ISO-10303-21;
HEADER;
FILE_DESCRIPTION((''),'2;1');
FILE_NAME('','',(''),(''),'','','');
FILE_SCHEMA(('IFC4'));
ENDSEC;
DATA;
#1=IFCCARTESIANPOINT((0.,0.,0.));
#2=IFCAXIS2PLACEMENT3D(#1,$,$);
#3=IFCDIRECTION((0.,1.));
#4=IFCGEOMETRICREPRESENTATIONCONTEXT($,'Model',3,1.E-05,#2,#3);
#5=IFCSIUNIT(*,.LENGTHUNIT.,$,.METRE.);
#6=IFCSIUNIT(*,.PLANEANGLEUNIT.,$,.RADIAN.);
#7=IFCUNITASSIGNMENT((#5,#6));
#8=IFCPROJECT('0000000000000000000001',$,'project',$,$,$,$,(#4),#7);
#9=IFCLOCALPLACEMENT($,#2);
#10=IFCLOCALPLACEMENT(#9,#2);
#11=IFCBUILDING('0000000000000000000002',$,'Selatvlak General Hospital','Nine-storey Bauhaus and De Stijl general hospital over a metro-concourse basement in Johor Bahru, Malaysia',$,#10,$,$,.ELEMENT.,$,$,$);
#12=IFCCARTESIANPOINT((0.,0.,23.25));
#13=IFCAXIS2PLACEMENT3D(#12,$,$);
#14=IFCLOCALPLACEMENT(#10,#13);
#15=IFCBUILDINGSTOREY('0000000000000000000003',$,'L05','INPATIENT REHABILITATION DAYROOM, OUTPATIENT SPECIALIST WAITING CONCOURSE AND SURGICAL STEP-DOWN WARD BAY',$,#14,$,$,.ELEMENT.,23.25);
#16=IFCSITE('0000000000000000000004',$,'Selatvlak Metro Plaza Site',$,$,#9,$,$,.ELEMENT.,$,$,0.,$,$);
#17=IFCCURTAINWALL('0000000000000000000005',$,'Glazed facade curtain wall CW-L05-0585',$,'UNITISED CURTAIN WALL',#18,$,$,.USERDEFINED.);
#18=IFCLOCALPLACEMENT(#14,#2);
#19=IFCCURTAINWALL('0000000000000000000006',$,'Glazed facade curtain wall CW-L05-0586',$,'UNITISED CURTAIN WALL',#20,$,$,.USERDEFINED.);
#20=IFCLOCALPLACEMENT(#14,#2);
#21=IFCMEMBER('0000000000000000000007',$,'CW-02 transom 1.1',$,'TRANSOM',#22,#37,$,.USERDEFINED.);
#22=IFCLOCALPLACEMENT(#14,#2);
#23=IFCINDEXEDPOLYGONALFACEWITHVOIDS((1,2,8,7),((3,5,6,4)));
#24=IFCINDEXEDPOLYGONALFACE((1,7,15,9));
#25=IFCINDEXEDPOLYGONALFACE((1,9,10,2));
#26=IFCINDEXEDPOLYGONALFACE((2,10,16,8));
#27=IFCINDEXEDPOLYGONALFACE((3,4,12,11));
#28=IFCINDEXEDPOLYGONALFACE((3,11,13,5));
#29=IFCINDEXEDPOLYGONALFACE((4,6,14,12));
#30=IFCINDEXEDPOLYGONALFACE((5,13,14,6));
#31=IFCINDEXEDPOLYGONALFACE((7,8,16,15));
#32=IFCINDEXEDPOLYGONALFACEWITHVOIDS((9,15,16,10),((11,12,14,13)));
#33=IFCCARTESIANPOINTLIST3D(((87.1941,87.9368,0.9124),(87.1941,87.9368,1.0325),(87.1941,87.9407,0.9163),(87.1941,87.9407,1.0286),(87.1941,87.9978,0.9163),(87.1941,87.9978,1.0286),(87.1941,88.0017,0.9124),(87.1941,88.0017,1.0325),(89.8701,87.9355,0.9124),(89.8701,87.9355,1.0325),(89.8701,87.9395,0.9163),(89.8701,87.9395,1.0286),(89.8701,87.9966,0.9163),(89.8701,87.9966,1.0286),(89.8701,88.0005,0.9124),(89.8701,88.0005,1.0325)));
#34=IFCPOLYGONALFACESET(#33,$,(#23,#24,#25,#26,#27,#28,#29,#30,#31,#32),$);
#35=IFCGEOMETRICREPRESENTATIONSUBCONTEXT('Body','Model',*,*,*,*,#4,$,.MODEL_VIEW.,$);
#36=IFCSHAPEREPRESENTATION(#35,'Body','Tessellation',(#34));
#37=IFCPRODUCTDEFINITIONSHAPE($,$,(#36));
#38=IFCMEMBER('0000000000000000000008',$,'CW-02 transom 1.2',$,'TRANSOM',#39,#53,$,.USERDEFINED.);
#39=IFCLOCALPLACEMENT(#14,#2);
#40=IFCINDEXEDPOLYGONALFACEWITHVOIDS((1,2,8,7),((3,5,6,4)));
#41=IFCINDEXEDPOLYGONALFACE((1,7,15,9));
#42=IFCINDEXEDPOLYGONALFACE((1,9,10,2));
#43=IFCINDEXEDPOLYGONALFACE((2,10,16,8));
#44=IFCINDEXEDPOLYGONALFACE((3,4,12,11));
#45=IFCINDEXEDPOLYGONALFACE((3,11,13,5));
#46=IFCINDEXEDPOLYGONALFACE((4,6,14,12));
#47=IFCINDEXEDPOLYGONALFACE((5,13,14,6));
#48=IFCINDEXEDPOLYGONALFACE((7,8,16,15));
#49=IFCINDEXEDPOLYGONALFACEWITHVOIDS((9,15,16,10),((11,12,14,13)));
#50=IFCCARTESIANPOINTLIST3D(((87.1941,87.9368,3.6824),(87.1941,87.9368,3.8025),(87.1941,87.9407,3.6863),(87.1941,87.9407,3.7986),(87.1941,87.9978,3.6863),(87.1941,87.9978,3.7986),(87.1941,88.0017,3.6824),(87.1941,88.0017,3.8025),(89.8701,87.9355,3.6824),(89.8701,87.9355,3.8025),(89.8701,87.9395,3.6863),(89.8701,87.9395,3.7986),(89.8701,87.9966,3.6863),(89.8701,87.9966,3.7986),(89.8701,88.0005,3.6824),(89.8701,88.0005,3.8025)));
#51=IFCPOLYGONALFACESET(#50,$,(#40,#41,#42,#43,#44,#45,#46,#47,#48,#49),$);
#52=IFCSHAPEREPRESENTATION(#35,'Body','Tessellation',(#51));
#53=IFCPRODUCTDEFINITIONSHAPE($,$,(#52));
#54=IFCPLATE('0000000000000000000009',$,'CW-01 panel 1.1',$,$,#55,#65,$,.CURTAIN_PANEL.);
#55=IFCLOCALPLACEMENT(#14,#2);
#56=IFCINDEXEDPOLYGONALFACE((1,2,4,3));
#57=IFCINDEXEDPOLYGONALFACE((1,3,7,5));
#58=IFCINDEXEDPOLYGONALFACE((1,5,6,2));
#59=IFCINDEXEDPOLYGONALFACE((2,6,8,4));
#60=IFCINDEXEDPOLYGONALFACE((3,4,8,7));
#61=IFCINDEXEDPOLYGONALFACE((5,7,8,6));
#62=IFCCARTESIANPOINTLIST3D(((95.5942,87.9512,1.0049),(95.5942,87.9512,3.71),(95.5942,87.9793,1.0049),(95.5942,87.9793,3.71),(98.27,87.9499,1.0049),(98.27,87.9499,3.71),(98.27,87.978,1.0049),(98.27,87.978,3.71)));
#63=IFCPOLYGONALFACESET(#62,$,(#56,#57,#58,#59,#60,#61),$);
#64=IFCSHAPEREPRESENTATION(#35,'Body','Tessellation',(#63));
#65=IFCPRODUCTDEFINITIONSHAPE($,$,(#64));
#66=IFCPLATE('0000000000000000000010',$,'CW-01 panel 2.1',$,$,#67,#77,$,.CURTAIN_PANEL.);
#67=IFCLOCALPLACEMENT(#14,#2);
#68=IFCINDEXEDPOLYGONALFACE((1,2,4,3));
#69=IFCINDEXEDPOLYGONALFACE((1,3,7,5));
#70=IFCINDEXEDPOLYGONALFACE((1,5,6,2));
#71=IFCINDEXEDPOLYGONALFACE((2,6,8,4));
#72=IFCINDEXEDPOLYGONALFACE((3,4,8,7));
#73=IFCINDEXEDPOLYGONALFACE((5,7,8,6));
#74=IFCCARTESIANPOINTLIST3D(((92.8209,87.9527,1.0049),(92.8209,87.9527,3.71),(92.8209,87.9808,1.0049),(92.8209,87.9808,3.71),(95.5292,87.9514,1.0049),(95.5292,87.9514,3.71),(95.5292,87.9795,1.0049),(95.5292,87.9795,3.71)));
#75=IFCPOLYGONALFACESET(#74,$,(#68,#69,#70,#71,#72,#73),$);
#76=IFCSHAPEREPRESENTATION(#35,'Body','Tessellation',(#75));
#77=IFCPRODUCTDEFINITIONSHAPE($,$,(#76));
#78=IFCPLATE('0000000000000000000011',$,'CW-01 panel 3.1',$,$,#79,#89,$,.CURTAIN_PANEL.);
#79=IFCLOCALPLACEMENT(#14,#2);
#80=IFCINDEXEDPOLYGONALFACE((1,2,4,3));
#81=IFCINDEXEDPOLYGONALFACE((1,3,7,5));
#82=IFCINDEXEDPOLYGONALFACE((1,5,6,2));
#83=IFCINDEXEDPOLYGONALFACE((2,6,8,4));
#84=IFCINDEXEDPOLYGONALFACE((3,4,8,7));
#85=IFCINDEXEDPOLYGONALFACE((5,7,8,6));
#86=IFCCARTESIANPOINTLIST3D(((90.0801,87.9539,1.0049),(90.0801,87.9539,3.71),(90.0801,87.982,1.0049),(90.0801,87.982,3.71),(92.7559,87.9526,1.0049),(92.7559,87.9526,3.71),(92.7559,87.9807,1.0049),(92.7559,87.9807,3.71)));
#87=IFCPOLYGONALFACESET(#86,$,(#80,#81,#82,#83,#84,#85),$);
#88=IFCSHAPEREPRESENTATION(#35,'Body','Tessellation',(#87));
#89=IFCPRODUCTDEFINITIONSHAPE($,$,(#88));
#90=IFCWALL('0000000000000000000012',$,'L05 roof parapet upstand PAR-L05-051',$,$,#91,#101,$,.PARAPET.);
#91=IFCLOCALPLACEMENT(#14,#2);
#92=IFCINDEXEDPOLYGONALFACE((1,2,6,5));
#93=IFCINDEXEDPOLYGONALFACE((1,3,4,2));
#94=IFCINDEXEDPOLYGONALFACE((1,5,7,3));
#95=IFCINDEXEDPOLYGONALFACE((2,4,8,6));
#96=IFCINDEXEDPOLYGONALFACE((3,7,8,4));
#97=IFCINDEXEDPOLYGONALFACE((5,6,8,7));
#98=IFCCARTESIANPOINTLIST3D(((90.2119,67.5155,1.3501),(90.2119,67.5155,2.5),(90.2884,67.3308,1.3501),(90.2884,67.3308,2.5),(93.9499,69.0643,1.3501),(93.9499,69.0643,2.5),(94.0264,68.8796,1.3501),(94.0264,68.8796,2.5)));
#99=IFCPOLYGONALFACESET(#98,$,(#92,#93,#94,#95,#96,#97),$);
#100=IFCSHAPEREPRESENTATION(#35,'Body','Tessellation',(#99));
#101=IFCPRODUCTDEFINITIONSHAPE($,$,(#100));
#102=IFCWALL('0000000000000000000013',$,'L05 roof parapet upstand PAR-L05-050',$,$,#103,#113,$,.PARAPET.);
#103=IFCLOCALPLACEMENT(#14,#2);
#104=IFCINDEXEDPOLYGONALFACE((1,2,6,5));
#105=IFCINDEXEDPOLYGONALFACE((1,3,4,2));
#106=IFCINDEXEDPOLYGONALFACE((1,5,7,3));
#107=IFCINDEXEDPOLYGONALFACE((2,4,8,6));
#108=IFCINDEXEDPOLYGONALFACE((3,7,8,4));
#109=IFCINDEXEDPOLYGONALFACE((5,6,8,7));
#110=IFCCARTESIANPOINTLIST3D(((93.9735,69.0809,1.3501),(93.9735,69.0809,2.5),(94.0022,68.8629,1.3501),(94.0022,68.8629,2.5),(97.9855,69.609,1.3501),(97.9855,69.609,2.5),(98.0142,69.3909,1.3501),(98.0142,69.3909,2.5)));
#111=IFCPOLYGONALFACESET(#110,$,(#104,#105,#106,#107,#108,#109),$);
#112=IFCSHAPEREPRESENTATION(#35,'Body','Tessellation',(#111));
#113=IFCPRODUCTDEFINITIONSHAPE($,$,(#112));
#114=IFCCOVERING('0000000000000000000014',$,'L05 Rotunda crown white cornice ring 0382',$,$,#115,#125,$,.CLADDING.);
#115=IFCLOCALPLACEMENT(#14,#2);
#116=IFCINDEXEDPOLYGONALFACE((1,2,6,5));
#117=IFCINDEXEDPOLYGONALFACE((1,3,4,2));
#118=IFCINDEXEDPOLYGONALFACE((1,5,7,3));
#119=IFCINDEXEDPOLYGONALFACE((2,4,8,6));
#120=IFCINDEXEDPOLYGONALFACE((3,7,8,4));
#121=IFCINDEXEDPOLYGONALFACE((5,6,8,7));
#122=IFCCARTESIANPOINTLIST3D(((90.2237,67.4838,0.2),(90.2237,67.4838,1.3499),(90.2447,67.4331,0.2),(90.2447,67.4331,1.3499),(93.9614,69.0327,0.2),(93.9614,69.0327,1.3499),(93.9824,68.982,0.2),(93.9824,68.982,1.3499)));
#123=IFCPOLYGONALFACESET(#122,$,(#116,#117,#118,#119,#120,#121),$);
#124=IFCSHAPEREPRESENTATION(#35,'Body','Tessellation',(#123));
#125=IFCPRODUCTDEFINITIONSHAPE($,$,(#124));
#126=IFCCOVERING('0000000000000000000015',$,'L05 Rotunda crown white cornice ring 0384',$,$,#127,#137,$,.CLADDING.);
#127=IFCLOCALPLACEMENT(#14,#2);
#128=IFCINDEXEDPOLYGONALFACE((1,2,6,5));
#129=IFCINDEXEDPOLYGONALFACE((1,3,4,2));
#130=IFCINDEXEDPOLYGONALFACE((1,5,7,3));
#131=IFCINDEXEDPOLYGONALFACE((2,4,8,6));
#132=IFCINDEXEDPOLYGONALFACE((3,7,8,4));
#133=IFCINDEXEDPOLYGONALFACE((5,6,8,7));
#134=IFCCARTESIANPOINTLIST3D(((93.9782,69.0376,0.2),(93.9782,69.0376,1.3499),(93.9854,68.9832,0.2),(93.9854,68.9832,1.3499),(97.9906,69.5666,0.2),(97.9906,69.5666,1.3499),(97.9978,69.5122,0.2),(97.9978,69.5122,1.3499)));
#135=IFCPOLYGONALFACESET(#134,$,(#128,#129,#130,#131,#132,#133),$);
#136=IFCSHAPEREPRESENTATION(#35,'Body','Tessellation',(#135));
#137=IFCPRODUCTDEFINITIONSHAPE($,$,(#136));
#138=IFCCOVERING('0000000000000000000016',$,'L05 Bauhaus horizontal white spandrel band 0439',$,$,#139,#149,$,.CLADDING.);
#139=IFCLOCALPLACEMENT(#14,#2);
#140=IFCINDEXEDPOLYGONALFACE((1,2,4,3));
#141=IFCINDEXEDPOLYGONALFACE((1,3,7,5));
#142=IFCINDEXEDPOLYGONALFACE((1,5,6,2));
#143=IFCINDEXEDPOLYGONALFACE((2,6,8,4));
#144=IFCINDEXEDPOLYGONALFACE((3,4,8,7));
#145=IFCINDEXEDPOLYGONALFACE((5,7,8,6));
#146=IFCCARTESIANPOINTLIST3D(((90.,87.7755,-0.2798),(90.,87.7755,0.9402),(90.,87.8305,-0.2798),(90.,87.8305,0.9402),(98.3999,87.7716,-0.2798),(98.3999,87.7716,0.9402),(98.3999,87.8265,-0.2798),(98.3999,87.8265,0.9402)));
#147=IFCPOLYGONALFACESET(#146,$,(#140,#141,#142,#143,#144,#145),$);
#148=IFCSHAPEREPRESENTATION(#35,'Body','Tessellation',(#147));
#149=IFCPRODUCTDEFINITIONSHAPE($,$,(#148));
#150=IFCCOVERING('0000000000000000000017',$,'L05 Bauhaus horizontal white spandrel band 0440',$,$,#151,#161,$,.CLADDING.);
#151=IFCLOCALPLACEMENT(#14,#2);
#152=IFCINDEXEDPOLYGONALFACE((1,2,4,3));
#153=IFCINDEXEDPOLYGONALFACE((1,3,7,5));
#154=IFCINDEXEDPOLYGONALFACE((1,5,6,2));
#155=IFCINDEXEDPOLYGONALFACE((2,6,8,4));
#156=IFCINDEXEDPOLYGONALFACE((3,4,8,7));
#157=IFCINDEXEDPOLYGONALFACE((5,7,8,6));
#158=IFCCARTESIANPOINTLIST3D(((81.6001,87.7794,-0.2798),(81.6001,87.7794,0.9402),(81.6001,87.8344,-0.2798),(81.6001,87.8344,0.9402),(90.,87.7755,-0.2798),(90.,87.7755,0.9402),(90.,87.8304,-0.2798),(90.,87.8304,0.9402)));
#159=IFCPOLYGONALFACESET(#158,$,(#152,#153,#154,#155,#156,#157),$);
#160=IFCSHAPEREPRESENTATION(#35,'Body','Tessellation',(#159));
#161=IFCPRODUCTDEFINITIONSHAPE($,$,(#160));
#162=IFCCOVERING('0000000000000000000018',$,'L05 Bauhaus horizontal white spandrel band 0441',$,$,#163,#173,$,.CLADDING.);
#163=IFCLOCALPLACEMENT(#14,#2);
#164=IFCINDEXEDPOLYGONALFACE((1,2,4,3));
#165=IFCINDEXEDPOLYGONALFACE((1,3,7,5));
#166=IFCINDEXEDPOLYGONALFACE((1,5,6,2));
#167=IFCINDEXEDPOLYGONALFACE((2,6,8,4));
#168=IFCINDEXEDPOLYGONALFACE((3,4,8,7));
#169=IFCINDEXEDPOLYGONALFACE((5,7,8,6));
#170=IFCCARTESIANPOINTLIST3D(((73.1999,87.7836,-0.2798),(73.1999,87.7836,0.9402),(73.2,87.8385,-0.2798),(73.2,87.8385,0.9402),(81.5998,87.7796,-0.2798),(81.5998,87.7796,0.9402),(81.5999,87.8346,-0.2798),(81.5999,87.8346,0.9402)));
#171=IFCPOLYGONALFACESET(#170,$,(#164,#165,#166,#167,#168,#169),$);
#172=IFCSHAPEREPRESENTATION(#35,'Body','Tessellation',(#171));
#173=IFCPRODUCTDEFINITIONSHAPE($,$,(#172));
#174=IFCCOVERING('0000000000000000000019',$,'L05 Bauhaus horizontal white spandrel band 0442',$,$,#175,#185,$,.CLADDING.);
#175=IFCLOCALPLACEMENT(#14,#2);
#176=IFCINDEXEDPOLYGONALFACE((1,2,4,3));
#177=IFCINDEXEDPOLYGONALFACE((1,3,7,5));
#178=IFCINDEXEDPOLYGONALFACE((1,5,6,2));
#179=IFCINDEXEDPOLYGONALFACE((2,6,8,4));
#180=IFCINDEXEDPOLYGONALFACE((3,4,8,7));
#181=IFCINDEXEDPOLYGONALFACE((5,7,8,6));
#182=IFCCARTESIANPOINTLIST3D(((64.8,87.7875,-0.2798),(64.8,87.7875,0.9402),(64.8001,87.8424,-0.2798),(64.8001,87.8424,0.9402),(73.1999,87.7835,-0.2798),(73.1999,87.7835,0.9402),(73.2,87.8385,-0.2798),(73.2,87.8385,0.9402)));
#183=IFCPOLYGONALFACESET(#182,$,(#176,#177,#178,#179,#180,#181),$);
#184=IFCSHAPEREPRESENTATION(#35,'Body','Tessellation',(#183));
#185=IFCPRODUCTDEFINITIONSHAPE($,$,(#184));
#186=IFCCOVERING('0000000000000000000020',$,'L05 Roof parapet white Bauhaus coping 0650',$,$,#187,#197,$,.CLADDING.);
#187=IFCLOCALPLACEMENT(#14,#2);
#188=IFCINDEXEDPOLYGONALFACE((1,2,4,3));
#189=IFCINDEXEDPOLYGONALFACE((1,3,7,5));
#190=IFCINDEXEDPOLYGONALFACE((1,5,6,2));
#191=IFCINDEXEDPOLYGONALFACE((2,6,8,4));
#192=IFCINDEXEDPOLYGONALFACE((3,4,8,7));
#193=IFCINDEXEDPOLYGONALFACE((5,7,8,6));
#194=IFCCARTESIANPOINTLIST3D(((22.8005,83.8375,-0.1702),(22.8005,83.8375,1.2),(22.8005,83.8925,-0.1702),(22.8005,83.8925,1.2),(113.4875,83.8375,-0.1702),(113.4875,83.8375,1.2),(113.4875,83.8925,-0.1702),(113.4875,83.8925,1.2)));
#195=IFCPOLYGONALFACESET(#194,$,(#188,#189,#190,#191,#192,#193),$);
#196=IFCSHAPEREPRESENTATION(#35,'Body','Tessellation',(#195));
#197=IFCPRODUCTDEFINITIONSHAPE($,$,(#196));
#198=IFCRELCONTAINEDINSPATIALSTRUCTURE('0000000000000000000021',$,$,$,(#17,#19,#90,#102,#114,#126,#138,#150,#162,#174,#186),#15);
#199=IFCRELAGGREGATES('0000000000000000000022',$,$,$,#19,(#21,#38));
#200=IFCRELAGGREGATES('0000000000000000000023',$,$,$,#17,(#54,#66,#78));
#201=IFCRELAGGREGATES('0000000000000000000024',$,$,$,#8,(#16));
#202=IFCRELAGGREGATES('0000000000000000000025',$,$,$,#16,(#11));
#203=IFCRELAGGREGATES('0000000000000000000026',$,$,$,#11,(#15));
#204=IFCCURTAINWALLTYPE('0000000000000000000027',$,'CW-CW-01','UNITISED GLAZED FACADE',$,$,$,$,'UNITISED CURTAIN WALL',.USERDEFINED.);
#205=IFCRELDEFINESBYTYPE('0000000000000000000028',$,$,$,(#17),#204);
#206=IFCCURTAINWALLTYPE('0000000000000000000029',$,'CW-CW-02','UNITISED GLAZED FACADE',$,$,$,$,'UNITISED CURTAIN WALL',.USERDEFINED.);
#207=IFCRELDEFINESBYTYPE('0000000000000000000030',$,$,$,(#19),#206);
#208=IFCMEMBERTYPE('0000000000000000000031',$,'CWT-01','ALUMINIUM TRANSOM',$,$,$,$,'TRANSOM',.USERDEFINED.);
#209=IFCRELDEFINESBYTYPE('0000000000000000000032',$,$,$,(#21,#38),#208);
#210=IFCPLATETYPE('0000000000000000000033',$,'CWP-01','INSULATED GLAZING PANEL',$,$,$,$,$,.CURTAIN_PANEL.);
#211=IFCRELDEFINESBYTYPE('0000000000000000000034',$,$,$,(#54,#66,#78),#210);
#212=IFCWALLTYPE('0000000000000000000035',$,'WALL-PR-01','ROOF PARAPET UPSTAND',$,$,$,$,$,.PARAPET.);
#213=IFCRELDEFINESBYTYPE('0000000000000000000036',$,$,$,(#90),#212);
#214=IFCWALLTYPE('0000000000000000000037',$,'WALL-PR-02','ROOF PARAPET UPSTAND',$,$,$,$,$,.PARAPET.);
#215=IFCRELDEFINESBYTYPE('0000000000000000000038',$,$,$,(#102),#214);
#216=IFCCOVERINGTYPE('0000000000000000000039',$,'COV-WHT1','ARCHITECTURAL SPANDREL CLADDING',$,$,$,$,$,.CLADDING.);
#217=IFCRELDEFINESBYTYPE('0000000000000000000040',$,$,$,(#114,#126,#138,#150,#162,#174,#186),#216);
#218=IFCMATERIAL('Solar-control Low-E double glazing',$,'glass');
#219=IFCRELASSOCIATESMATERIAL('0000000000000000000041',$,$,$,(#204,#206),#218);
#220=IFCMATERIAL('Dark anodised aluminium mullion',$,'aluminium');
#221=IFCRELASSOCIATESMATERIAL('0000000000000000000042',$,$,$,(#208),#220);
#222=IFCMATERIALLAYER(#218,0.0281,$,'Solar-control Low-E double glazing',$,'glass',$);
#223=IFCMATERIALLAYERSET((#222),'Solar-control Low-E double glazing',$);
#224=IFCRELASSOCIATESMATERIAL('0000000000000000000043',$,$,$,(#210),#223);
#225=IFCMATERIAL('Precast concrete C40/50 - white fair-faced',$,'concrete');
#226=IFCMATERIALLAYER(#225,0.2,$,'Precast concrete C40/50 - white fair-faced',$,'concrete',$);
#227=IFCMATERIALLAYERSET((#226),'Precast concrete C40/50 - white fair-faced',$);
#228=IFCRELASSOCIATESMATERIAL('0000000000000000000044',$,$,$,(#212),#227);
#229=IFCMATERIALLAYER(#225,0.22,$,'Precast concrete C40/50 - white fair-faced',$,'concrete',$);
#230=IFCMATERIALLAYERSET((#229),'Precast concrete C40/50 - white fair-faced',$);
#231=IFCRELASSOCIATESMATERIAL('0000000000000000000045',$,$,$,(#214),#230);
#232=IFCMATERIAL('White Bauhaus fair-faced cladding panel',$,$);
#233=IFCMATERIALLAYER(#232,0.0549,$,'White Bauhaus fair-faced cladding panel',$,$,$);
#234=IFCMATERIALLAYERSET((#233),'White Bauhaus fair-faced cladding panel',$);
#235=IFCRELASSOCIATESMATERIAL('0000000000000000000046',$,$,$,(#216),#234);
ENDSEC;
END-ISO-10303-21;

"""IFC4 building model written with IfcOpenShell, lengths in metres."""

from ifc_helpers import new_model, si_unit, direction, frame, frame_2d, origin, origin_2d, place, context, subcontext, project, spatial, rectangle, hollow_rectangle, extrude, material, layer, layer_set, material_profile, profile_set, type_object, element, aggregate, save


model = new_model("IFC4")

# Units and contexts
model_context = context("Model", 3, precision=1e-05, world=origin(), true_north=direction((0.0, 1.0)))
body_context = subcontext(model_context, "Body", "Model", "MODEL_VIEW")
ifc_project = project(units=[si_unit("LENGTHUNIT", "METRE"), si_unit("PLANEANGLEUNIT", "RADIAN")], contexts=[model_context])

# Site, building, storey
site_placement = place(None, origin())
site = spatial("IfcSite", under=ifc_project, at=site_placement, Name="Selatvlak Metro Plaza Site", CompositionType="ELEMENT", RefElevation=0.0)
building_placement = place(site_placement, origin())
building = spatial("IfcBuilding", under=site, at=building_placement, Name="Selatvlak General Hospital", Description="Nine-storey Bauhaus and De Stijl general hospital over a metro-concourse basement in Johor Bahru, Malaysia", CompositionType="ELEMENT")
storey_placement = place(building_placement, frame((0.0, 0.0, 23.25)))
storey = spatial("IfcBuildingStorey", under=building, at=storey_placement, Name="L05", Description="INPATIENT REHABILITATION DAYROOM, OUTPATIENT SPECIALIST WAITING CONCOURSE AND SURGICAL STEP-DOWN WARD BAY", CompositionType="ELEMENT", Elevation=23.25)

# Curtain wall
ifc_material_1 = material(Name="Solar-control Low-E double glazing", Category="glass")
curtain_wall_type_1 = type_object("IfcCurtainWallType", Name="CW-CW-01", Description="UNITISED GLAZED FACADE", ElementType="UNITISED CURTAIN WALL", PredefinedType="USERDEFINED", material=ifc_material_1)
curtain_wall_1_placement = place(storey_placement, origin())
curtain_wall_1 = element("IfcCurtainWall", 1, at=curtain_wall_1_placement, inside=storey, type_object=curtain_wall_type_1, Name="Glazed facade curtain wall CW-L05-0585", ObjectType="UNITISED CURTAIN WALL", PredefinedType="USERDEFINED")
ifc_material_2 = material(Name="Dark anodised aluminium mullion", Category="aluminium")

# Curtain wall
curtain_wall_type_2 = type_object("IfcCurtainWallType", Name="CW-CW-02", Description="UNITISED GLAZED FACADE", ElementType="UNITISED CURTAIN WALL", PredefinedType="USERDEFINED", material=ifc_material_1)
curtain_wall_2_placement = place(storey_placement, origin())
curtain_wall_2 = element("IfcCurtainWall", 2, at=curtain_wall_2_placement, inside=storey, type_object=curtain_wall_type_2, Name="Glazed facade curtain wall CW-L05-0586", ObjectType="UNITISED CURTAIN WALL", PredefinedType="USERDEFINED")

# Members
ifc_material_profile_1 = material_profile(ifc_material_2, hollow_rectangle(XDim=0.0649, YDim=0.1201, WallThickness=0.0039, at=origin_2d()), Name="AL-TRN 65x120x4")
ifc_profile_set_1 = profile_set([ifc_material_profile_1], Name="Dark anodised aluminium mullion")
member_type_1 = type_object("IfcMemberType", Name="CWT-01", Description="ALUMINIUM TRANSOM", ElementType="TRANSOM", PredefinedType="USERDEFINED", material=ifc_profile_set_1)
member_1_placement = place(storey_placement, frame((89.8701, 87.968, 0.9724), z_axis=(-1.0, 0.000456, 0.0), x_axis=(-0.000456, -1.0, 0.0)))
member_1 = element("IfcMember", 3, at=member_1_placement, type_object=member_type_1, Name="CW-02 transom 1.1", ObjectType="TRANSOM", PredefinedType="USERDEFINED", context=body_context, shape_type="SweptSolid", body=[
    extrude(hollow_rectangle(XDim=0.0649, YDim=0.1201, WallThickness=0.0039, at=origin_2d()), origin(), (0.0, 0.0, 1.0), 2.676),
])
member_2_placement = place(storey_placement, frame((89.8701, 87.968, 3.7424), z_axis=(-1.0, 0.000456, 0.0), x_axis=(-0.000456, -1.0, 0.0)))
member_2 = element("IfcMember", 4, at=member_2_placement, type_object=member_type_1, Name="CW-02 transom 1.2", ObjectType="TRANSOM", PredefinedType="USERDEFINED", context=body_context, shape_type="SweptSolid", body=[
    extrude(hollow_rectangle(XDim=0.0649, YDim=0.1201, WallThickness=0.0039, at=origin_2d()), origin(), (0.0, 0.0, 1.0), 2.676),
])
aggregate(curtain_wall_2, [member_1, member_2])

# Plates
ifc_layer_1 = layer(ifc_material_1, 0.0281, Name="Solar-control Low-E double glazing", Category="glass")
ifc_layer_set_1 = layer_set([ifc_layer_1], Name="Solar-control Low-E double glazing")
plate_type = type_object("IfcPlateType", Name="CWP-01", Description="INSULATED GLAZING PANEL", PredefinedType="CURTAIN_PANEL", material=ifc_layer_set_1)
plate_1_placement = place(storey_placement, frame((96.9321, 87.9646, 1.0049), z_axis=(0.0, 0.0, 1.0), x_axis=(-1.0, 0.000481, 0.0)))
plate_1 = element("IfcPlate", 5, at=plate_1_placement, type_object=plate_type, Name="CW-01 panel 1.1", PredefinedType="CURTAIN_PANEL", context=body_context, shape_type="SweptSolid", body=[
    extrude(rectangle(XDim=2.6758, YDim=0.0281, at=origin_2d()), origin(), (0.0, 0.0, 1.0), 2.7051),
])
plate_2_placement = place(storey_placement, frame((94.175, 87.9661, 1.0049), z_axis=(0.0, 0.0, 1.0), x_axis=(-1.0, 0.000481, 0.0)))
plate_2 = element("IfcPlate", 6, at=plate_2_placement, type_object=plate_type, Name="CW-01 panel 2.1", PredefinedType="CURTAIN_PANEL", context=body_context, shape_type="SweptSolid", body=[
    extrude(rectangle(XDim=2.7083, YDim=0.0281, at=origin_2d()), origin(), (0.0, 0.0, 1.0), 2.7051),
])
plate_3_placement = place(storey_placement, frame((91.418, 87.9673, 1.0049), z_axis=(0.0, 0.0, 1.0), x_axis=(-1.0, 0.000481, 0.0)))
plate_3 = element("IfcPlate", 7, at=plate_3_placement, type_object=plate_type, Name="CW-01 panel 3.1", PredefinedType="CURTAIN_PANEL", context=body_context, shape_type="SweptSolid", body=[
    extrude(rectangle(XDim=2.6758, YDim=0.0281, at=origin_2d()), origin(), (0.0, 0.0, 1.0), 2.7051),
])
aggregate(curtain_wall_1, [plate_1, plate_2, plate_3])

# Walls
ifc_material_3 = material(Name="Precast concrete C40/50 - white fair-faced", Category="concrete")
ifc_layer_2 = layer(ifc_material_3, 0.2, Name="Precast concrete C40/50 - white fair-faced", Category="concrete")
ifc_layer_set_2 = layer_set([ifc_layer_2], Name="Precast concrete C40/50 - white fair-faced")
wall_type_1 = type_object("IfcWallType", Name="WALL-PR-01", Description="ROOF PARAPET UPSTAND", PredefinedType="PARAPET", material=ifc_layer_set_2)
wall_1_placement = place(storey_placement, frame((93.988, 68.9719, 1.3501), z_axis=(0.0, 0.0, 1.0), x_axis=(-0.923837, -0.382785, 0.0)))
element("IfcWall", 8, at=wall_1_placement, inside=storey, type_object=wall_type_1, Name="L05 roof parapet upstand PAR-L05-051", PredefinedType="PARAPET", context=body_context, shape_type="SweptSolid", body=[
    extrude(rectangle(XDim=4.0461, YDim=0.2, at=frame_2d((2.0229, 0.0))), origin(), (0.0, 0.0, 1.0), 1.1499),
])
ifc_layer_3 = layer(ifc_material_3, 0.22, Name="Precast concrete C40/50 - white fair-faced", Category="concrete")
ifc_layer_set_3 = layer_set([ifc_layer_3], Name="Precast concrete C40/50 - white fair-faced")
wall_type_2 = type_object("IfcWallType", Name="WALL-PR-02", Description="ROOF PARAPET UPSTAND", PredefinedType="PARAPET", material=ifc_layer_set_3)
wall_2_placement = place(storey_placement, frame((98.0, 69.5, 1.3501), z_axis=(0.0, 0.0, 1.0), x_axis=(-0.991448, -0.1305, 0.0)))
element("IfcWall", 9, at=wall_2_placement, inside=storey, type_object=wall_type_2, Name="L05 roof parapet upstand PAR-L05-050", PredefinedType="PARAPET", context=body_context, shape_type="SweptSolid", body=[
    extrude(rectangle(XDim=4.0466, YDim=0.22, at=frame_2d((2.0234, 0.0))), origin(), (0.0, 0.0, 1.0), 1.1499),
])

# Coverings
ifc_material_4 = material(Name="White Bauhaus fair-faced cladding panel")
ifc_layer_4 = layer(ifc_material_4, 0.0549, Name="White Bauhaus fair-faced cladding panel")
ifc_layer_set_4 = layer_set([ifc_layer_4], Name="White Bauhaus fair-faced cladding panel")
covering_type = type_object("IfcCoveringType", Name="COV-WHT1", Description="ARCHITECTURAL SPANDREL CLADDING", PredefinedType="CLADDING", material=ifc_layer_set_4)
covering_1_placement = place(storey_placement, frame((92.103, 68.2329, 0.2), z_axis=(0.0, 0.0, 1.0), x_axis=(0.923819, 0.382829, 0.0)))
element("IfcCovering", 10, at=covering_1_placement, inside=storey, type_object=covering_type, Name="L05 Rotunda crown white cornice ring 0382", PredefinedType="CLADDING", context=body_context, shape_type="SweptSolid", body=[
    extrude(rectangle(XDim=4.0459, YDim=0.0549, at=origin_2d()), origin(), (0.0, 0.0, 1.0), 1.1499),
])
covering_2_placement = place(storey_placement, frame((95.988, 69.2749, 0.2), z_axis=(0.0, 0.0, 1.0), x_axis=(0.99142, 0.130717, 0.0)))
element("IfcCovering", 11, at=covering_2_placement, inside=storey, type_object=covering_type, Name="L05 Rotunda crown white cornice ring 0384", PredefinedType="CLADDING", context=body_context, shape_type="SweptSolid", body=[
    extrude(rectangle(XDim=4.0471, YDim=0.0549, at=origin_2d()), origin(), (0.0, 0.0, 1.0), 1.1499),
])
for number, where, z_axis, x_axis, name in (
    (12, (94.2, 87.801, -0.2798), (0.0, 0.0, 1.0), (-1.0, 0.000471, 0.0), "L05 Bauhaus horizontal white spandrel band 0439"),
    (13, (85.8, 87.8049, -0.2798), (0.0, 0.0, 1.0), (-1.0, 0.000471, 0.0), "L05 Bauhaus horizontal white spandrel band 0440"),
    (14, (77.3999, 87.8091, -0.2798), (0.0, 0.0, 1.0), (-1.0, 0.000471, 0.0), "L05 Bauhaus horizontal white spandrel band 0441"),
    (15, (69.0, 87.813, -0.2798), (0.0, 0.0, 1.0), (-1.0, 0.000471, 0.0), "L05 Bauhaus horizontal white spandrel band 0442"),
):
    element("IfcCovering", number, at=place(storey_placement, frame(where, z_axis=z_axis, x_axis=x_axis)), inside=storey, type_object=covering_type, Name=name, PredefinedType="CLADDING", context=body_context, shape_type="SweptSolid", body=[
        extrude(rectangle(XDim=8.3999, YDim=0.0549, at=origin_2d()), origin(), (0.0, 0.0, 1.0), 1.22),
    ])
covering_3_placement = place(storey_placement, frame((68.144, 83.865, -0.1702), z_axis=(0.0, 0.0, 1.0), x_axis=(-1.0, 0.0, 0.0)))
element("IfcCovering", 16, at=covering_3_placement, inside=storey, type_object=covering_type, Name="L05 Roof parapet white Bauhaus coping 0650", PredefinedType="CLADDING", context=body_context, shape_type="SweptSolid", body=[
    extrude(rectangle(XDim=90.687, YDim=0.0549, at=origin_2d()), origin(), (0.0, 0.0, 1.0), 1.3701),
])

save(model, "model.ifc")
